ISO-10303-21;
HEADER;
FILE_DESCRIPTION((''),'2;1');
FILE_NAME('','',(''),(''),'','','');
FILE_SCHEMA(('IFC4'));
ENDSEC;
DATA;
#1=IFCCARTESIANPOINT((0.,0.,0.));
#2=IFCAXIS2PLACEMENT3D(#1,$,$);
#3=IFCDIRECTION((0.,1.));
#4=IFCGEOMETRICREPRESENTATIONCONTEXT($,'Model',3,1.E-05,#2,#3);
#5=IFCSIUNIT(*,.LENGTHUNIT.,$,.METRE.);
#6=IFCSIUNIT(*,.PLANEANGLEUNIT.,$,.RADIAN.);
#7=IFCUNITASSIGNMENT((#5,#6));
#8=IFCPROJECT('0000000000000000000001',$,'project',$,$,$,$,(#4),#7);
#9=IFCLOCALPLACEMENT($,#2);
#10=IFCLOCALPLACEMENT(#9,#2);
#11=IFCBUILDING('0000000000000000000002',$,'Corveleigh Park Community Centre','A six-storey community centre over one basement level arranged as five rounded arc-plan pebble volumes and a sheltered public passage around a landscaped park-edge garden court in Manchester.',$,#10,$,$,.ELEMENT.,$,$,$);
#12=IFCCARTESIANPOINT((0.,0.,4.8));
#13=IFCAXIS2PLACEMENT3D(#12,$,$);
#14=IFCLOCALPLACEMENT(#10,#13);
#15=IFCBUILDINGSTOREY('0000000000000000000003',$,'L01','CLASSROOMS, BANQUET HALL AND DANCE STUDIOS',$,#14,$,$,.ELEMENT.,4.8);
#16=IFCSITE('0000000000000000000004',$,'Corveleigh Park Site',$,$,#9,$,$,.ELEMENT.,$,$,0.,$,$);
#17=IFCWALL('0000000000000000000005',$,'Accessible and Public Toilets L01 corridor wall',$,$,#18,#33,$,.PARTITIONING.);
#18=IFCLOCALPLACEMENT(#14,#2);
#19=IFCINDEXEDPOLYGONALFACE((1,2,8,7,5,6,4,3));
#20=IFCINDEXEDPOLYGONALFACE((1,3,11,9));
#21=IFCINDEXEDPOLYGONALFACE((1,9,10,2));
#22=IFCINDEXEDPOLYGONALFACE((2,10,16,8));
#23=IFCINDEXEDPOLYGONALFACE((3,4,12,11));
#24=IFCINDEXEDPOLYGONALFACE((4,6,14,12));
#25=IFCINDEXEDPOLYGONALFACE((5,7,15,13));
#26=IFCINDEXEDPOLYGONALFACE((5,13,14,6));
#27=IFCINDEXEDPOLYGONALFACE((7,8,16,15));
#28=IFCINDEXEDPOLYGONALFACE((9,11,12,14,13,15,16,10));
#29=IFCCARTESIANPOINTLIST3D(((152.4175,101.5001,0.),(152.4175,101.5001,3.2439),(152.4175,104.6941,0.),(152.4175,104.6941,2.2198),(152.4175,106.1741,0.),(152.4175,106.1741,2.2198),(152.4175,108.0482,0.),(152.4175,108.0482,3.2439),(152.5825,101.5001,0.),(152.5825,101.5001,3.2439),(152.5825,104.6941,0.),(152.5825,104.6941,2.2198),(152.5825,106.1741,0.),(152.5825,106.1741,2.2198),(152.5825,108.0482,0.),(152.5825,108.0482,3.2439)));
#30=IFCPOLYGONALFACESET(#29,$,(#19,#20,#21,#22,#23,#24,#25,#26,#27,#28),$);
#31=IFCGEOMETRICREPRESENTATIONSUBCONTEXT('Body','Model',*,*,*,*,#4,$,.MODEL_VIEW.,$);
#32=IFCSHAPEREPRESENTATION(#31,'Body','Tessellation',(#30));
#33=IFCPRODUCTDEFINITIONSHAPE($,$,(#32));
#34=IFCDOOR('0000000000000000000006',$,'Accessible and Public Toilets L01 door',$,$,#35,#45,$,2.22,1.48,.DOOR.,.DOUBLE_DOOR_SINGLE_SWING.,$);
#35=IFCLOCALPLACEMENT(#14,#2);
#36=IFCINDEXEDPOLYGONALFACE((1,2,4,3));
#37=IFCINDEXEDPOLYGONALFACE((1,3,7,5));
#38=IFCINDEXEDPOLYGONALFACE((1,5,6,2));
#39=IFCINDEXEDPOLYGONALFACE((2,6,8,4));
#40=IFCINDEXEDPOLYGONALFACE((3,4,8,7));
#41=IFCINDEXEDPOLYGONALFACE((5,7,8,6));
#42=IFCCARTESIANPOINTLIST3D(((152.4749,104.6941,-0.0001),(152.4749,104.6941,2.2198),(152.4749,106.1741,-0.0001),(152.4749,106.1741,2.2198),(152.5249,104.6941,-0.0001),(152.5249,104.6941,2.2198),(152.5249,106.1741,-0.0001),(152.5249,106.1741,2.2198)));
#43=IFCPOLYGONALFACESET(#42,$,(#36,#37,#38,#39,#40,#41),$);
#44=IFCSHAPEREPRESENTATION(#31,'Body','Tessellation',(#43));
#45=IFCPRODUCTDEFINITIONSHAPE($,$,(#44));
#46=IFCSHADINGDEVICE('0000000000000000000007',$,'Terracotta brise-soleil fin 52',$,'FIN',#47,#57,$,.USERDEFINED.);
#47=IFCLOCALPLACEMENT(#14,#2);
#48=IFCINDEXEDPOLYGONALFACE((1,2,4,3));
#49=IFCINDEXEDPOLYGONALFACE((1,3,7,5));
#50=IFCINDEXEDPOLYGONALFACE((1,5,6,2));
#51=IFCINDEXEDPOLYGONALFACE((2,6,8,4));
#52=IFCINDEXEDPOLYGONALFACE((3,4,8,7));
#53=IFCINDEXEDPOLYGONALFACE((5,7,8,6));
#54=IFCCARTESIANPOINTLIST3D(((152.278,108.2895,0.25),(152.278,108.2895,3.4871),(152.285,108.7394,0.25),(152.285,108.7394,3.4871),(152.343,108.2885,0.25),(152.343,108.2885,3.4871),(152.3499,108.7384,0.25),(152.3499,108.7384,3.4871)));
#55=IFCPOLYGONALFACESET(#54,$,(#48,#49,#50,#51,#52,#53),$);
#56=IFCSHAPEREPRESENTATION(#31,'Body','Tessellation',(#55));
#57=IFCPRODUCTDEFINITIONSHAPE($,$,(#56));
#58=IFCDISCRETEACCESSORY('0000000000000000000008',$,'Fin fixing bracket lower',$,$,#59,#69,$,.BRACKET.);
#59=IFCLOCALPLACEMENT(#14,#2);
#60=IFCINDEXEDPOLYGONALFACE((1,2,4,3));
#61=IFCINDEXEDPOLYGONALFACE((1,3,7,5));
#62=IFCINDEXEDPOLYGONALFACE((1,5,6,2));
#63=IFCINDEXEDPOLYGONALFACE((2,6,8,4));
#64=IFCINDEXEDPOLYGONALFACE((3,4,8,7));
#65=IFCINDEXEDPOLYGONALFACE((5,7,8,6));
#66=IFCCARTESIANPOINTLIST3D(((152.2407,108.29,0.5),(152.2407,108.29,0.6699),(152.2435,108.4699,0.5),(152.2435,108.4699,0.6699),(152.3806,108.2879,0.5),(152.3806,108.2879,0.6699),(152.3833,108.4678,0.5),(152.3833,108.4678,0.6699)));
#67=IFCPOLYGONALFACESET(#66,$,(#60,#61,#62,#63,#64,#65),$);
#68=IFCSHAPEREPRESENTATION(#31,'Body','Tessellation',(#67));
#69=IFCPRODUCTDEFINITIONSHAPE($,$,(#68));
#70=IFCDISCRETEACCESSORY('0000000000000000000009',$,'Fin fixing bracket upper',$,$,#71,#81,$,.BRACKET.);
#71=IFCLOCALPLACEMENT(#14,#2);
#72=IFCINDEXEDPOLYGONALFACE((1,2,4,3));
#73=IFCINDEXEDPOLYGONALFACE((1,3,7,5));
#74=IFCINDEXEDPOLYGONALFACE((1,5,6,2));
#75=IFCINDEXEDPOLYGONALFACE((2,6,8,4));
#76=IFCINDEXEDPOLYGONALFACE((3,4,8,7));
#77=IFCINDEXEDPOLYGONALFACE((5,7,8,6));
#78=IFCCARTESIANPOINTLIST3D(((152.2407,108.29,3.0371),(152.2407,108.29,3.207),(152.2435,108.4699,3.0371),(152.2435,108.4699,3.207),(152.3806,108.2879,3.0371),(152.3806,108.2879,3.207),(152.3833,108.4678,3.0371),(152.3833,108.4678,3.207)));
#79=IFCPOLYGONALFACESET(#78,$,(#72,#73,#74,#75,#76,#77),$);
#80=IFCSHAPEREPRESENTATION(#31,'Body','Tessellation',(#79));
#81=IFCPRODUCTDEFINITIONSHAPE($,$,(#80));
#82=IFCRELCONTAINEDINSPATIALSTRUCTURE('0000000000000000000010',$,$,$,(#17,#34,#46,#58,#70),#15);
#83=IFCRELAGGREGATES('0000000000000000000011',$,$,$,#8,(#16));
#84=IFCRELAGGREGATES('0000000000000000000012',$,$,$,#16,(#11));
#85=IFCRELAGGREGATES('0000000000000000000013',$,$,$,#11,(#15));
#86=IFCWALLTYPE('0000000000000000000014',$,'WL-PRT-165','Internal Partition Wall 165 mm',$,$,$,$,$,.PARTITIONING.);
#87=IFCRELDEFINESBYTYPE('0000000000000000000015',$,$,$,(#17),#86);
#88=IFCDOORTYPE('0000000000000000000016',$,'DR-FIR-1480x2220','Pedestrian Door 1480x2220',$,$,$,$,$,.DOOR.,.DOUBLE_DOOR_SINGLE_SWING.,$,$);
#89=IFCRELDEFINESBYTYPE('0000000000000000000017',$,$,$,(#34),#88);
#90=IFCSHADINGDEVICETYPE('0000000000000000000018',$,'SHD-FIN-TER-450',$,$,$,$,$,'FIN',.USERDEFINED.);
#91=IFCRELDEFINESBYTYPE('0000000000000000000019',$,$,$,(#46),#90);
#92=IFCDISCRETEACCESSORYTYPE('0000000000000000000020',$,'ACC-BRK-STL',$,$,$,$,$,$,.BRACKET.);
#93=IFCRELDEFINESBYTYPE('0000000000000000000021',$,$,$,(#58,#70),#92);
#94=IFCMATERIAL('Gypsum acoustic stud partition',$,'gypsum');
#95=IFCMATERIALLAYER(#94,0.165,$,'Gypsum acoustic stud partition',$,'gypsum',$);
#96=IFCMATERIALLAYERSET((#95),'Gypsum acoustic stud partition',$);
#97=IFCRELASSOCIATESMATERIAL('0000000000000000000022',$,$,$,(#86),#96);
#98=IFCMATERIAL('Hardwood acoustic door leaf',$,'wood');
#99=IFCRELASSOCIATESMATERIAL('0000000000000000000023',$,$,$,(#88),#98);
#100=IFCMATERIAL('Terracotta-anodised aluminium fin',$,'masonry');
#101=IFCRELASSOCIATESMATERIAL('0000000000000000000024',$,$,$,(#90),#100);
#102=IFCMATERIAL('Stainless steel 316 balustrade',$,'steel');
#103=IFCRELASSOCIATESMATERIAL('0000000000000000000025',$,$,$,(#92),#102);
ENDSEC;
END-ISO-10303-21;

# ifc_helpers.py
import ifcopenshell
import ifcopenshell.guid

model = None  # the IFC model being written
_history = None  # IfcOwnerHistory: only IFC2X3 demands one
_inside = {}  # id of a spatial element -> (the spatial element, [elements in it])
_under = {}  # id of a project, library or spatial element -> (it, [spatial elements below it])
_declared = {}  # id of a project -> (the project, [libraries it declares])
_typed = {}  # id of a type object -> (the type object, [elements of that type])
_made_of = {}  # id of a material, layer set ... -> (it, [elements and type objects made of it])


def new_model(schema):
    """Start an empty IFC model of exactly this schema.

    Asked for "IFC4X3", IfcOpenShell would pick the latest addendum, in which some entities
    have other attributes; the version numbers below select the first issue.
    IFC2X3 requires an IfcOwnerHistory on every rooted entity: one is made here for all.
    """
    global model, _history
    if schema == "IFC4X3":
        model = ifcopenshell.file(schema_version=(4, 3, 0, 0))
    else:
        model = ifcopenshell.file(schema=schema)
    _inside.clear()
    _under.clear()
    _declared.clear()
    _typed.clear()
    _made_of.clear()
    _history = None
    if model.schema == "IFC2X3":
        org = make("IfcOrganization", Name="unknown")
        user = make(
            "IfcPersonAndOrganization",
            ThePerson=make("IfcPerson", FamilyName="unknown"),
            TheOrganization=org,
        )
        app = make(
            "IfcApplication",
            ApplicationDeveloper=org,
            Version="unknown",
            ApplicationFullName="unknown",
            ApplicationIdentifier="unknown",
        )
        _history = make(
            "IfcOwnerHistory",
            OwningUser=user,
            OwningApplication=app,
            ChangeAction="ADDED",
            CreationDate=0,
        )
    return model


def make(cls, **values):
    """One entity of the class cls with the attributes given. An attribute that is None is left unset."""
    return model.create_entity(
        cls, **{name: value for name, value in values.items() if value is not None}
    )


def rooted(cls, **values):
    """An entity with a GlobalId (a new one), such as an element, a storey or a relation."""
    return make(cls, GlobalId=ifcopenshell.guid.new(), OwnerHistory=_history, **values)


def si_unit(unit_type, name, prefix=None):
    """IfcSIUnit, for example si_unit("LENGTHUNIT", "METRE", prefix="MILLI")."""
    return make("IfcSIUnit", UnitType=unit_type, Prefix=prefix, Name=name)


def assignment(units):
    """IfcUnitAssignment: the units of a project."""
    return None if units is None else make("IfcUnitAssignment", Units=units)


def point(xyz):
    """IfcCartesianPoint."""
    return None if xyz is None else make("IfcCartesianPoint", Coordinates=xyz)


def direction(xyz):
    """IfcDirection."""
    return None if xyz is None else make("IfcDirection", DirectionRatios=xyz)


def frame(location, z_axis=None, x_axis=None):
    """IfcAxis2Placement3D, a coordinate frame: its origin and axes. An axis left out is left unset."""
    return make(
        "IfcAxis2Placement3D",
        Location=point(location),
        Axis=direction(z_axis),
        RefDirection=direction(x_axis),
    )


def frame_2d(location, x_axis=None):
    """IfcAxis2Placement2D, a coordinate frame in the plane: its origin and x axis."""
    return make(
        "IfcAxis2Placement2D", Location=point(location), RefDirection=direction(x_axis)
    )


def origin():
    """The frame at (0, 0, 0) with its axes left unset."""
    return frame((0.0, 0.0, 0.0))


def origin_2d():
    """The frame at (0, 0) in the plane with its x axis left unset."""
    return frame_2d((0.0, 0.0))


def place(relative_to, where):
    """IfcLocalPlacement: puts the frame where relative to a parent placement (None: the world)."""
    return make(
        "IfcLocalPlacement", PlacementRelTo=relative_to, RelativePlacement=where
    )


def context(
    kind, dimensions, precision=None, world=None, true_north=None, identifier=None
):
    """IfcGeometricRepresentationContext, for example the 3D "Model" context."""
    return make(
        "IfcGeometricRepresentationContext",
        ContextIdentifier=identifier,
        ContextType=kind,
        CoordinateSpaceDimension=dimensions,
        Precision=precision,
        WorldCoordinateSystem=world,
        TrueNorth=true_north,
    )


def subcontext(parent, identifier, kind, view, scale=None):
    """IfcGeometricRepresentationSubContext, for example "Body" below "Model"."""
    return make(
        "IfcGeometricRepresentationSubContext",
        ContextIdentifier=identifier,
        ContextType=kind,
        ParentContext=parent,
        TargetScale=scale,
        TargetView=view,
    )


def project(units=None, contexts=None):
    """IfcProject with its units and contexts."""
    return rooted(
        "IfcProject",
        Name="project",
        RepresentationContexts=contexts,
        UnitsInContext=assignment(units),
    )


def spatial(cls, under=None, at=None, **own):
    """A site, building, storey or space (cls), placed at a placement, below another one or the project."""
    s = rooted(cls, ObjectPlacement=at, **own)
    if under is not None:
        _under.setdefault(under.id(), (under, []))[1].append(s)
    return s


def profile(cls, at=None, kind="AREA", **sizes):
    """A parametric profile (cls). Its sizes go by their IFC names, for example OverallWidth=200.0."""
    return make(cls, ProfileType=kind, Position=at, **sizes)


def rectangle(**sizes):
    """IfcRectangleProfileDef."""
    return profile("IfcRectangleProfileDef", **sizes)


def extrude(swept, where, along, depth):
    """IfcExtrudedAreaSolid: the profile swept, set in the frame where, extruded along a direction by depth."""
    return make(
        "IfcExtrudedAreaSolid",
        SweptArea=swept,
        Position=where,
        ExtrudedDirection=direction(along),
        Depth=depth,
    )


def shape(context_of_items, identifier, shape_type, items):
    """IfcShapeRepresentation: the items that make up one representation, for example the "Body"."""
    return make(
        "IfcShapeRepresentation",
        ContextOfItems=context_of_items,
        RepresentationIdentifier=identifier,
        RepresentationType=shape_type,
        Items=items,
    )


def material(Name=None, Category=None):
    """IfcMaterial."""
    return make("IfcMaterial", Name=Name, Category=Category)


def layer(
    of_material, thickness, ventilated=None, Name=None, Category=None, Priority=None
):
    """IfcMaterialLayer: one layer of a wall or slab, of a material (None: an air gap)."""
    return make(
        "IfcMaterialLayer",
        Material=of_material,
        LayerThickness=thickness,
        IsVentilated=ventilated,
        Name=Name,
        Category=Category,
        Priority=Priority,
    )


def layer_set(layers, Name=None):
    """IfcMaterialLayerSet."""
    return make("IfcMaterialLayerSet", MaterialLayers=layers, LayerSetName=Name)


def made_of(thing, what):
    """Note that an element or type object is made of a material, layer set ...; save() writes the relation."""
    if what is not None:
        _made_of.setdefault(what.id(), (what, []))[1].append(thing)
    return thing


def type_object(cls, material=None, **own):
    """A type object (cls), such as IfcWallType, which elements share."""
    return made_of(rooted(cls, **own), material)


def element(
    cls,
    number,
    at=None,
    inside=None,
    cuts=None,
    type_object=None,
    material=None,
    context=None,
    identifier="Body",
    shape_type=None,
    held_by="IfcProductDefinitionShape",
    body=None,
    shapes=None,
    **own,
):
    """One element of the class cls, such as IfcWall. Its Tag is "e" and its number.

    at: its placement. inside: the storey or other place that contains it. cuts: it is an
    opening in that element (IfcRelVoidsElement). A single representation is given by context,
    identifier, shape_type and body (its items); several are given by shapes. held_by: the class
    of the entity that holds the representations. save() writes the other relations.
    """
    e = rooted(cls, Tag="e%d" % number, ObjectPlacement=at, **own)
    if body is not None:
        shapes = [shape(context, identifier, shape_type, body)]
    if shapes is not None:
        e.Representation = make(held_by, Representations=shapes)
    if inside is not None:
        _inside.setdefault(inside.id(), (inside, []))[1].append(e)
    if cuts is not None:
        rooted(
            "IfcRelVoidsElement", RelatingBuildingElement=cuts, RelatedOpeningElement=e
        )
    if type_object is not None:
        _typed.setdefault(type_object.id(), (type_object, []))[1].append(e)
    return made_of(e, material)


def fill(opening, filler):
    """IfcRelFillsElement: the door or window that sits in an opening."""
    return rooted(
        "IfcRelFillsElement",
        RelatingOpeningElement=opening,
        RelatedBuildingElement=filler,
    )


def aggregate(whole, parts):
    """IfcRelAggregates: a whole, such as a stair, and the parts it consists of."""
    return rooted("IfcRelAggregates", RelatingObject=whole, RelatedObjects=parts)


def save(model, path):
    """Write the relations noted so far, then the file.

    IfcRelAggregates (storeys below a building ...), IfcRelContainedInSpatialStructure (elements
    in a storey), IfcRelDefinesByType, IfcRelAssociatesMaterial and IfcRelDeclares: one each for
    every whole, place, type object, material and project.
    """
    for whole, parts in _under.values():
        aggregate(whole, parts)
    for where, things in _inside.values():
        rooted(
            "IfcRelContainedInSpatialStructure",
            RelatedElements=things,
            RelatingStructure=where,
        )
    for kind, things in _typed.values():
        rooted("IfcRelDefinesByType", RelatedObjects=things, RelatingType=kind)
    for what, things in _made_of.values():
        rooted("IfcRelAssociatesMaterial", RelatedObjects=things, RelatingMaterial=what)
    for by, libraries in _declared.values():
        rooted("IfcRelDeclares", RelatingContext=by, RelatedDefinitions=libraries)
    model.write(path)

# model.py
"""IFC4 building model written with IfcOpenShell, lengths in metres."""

from ifc_helpers import new_model, si_unit, direction, frame, frame_2d, origin, origin_2d, place, context, subcontext, project, spatial, rectangle, extrude, material, layer, layer_set, type_object, element, fill, save


model = new_model("IFC4")

# Units and contexts
model_context = context("Model", 3, precision=1e-05, world=origin(), true_north=direction((0.0, 1.0)))
body_context = subcontext(model_context, "Body", "Model", "MODEL_VIEW")
ifc_project = project(units=[si_unit("LENGTHUNIT", "METRE"), si_unit("PLANEANGLEUNIT", "RADIAN")], contexts=[model_context])

# Site, building, storey
site_placement = place(None, origin())
site = spatial("IfcSite", under=ifc_project, at=site_placement, Name="Corveleigh Park Site", CompositionType="ELEMENT", RefElevation=0.0)
building_placement = place(site_placement, origin())
building = spatial("IfcBuilding", under=site, at=building_placement, Name="Corveleigh Park Community Centre", Description="A six-storey community centre over one basement level arranged as five rounded arc-plan pebble volumes and a sheltered public passage around a landscaped park-edge garden court in Manchester.", CompositionType="ELEMENT")
storey_placement = place(building_placement, frame((0.0, 0.0, 4.8)))
storey = spatial("IfcBuildingStorey", under=building, at=storey_placement, Name="L01", Description="CLASSROOMS, BANQUET HALL AND DANCE STUDIOS", CompositionType="ELEMENT", Elevation=4.8)

# Wall, opening, door
ifc_material_1 = material(Name="Gypsum acoustic stud partition", Category="gypsum")
ifc_layer_1 = layer(ifc_material_1, 0.165, Name="Gypsum acoustic stud partition", Category="gypsum")
ifc_layer_set_1 = layer_set([ifc_layer_1], Name="Gypsum acoustic stud partition")
wall_type_1 = type_object("IfcWallType", Name="WL-PRT-165", Description="Internal Partition Wall 165 mm", PredefinedType="PARTITIONING", material=ifc_layer_set_1)
wall_1_placement = place(storey_placement, frame((152.5, 108.0481, 0.0), z_axis=(0.0, 0.0, 1.0), x_axis=(0.0, -1.0, 0.0)))
wall_1 = element("IfcWall", 1, at=wall_1_placement, inside=storey, type_object=wall_type_1, Name="Accessible and Public Toilets L01 corridor wall", PredefinedType="PARTITIONING", context=body_context, shape_type="SweptSolid", body=[
    extrude(rectangle(XDim=6.5481, YDim=0.165, at=frame_2d((3.2739, 0.0))), origin(), (0.0, 0.0, 1.0), 3.2439),
])
opening_placement = place(wall_1_placement, frame((1.874, 0.0, 0.0)))
opening = element("IfcOpeningElement", 2, at=opening_placement, cuts=wall_1, PredefinedType="OPENING", context=body_context, shape_type="SweptSolid", body=[
    extrude(rectangle(XDim=1.48, YDim=2.22, at=frame_2d((0.74, 1.1099))), frame((0.0, 0.0925, 0.0), z_axis=(0.0, -1.0, 0.0), x_axis=(1.0, 0.0, 0.0)), (0.0, 0.0, 1.0), 0.1851),
])
ifc_material_2 = material(Name="Hardwood acoustic door leaf", Category="wood")
door_type = type_object("IfcDoorType", Name="DR-FIR-1480x2220", Description="Pedestrian Door 1480x2220", OperationType="DOUBLE_DOOR_SINGLE_SWING", PredefinedType="DOOR", material=ifc_material_2)
door_placement = place(opening_placement, origin())
door = element("IfcDoor", 3, at=door_placement, inside=storey, type_object=door_type, Name="Accessible and Public Toilets L01 door", OperationType="DOUBLE_DOOR_SINGLE_SWING", OverallHeight=2.22, OverallWidth=1.48, PredefinedType="DOOR", context=body_context, shape_type="SweptSolid", body=[
    extrude(rectangle(XDim=1.48, YDim=2.22, at=frame_2d((0.74, 1.1099))), frame((0.0, 0.0249, 0.0), z_axis=(0.0, -1.0, 0.0), x_axis=(1.0, 0.0, 0.0)), (0.0, 0.0, 1.0), 0.05),
])
fill(opening, door)

# Shading device
ifc_material_3 = material(Name="Terracotta-anodised aluminium fin", Category="masonry")
shading_device_type = type_object("IfcShadingDeviceType", Name="SHD-FIN-TER-450", ElementType="FIN", PredefinedType="USERDEFINED", material=ifc_material_3)
shading_device_placement = place(storey_placement, frame((152.314, 108.5139, 0.25), z_axis=(0.0, 0.0, 1.0), x_axis=(0.015415, 0.999881, 0.0)))
element("IfcShadingDevice", 4, at=shading_device_placement, inside=storey, type_object=shading_device_type, Name="Terracotta brise-soleil fin 52", ObjectType="FIN", PredefinedType="USERDEFINED", context=body_context, shape_type="SweptSolid", body=[
    extrude(rectangle(XDim=0.45, YDim=0.0649, at=origin_2d()), origin(), (0.0, 0.0, 1.0), 3.2371),
])

# Discrete accessories
ifc_material_4 = material(Name="Stainless steel 316 balustrade", Category="steel")
discrete_accessory_type = type_object("IfcDiscreteAccessoryType", Name="ACC-BRK-STL", PredefinedType="BRACKET", material=ifc_material_4)
for number, where, z_axis, x_axis, name in (
    (5, (152.312, 108.3789, 0.5), (0.0, 0.0, 1.0), (0.015415, 0.999881, 0.0), "Fin fixing bracket lower"),
    (6, (152.312, 108.3789, 3.0371), (0.0, 0.0, 1.0), (0.015415, 0.999881, 0.0), "Fin fixing bracket upper"),
):
    element("IfcDiscreteAccessory", number, at=place(storey_placement, frame(where, z_axis=z_axis, x_axis=x_axis)), inside=storey, type_object=discrete_accessory_type, Name=name, PredefinedType="BRACKET", context=body_context, shape_type="SweptSolid", body=[
        extrude(rectangle(XDim=0.1799, YDim=0.1399, at=origin_2d()), origin(), (0.0, 0.0, 1.0), 0.1699),
    ])

save(model, "model.ifc")
